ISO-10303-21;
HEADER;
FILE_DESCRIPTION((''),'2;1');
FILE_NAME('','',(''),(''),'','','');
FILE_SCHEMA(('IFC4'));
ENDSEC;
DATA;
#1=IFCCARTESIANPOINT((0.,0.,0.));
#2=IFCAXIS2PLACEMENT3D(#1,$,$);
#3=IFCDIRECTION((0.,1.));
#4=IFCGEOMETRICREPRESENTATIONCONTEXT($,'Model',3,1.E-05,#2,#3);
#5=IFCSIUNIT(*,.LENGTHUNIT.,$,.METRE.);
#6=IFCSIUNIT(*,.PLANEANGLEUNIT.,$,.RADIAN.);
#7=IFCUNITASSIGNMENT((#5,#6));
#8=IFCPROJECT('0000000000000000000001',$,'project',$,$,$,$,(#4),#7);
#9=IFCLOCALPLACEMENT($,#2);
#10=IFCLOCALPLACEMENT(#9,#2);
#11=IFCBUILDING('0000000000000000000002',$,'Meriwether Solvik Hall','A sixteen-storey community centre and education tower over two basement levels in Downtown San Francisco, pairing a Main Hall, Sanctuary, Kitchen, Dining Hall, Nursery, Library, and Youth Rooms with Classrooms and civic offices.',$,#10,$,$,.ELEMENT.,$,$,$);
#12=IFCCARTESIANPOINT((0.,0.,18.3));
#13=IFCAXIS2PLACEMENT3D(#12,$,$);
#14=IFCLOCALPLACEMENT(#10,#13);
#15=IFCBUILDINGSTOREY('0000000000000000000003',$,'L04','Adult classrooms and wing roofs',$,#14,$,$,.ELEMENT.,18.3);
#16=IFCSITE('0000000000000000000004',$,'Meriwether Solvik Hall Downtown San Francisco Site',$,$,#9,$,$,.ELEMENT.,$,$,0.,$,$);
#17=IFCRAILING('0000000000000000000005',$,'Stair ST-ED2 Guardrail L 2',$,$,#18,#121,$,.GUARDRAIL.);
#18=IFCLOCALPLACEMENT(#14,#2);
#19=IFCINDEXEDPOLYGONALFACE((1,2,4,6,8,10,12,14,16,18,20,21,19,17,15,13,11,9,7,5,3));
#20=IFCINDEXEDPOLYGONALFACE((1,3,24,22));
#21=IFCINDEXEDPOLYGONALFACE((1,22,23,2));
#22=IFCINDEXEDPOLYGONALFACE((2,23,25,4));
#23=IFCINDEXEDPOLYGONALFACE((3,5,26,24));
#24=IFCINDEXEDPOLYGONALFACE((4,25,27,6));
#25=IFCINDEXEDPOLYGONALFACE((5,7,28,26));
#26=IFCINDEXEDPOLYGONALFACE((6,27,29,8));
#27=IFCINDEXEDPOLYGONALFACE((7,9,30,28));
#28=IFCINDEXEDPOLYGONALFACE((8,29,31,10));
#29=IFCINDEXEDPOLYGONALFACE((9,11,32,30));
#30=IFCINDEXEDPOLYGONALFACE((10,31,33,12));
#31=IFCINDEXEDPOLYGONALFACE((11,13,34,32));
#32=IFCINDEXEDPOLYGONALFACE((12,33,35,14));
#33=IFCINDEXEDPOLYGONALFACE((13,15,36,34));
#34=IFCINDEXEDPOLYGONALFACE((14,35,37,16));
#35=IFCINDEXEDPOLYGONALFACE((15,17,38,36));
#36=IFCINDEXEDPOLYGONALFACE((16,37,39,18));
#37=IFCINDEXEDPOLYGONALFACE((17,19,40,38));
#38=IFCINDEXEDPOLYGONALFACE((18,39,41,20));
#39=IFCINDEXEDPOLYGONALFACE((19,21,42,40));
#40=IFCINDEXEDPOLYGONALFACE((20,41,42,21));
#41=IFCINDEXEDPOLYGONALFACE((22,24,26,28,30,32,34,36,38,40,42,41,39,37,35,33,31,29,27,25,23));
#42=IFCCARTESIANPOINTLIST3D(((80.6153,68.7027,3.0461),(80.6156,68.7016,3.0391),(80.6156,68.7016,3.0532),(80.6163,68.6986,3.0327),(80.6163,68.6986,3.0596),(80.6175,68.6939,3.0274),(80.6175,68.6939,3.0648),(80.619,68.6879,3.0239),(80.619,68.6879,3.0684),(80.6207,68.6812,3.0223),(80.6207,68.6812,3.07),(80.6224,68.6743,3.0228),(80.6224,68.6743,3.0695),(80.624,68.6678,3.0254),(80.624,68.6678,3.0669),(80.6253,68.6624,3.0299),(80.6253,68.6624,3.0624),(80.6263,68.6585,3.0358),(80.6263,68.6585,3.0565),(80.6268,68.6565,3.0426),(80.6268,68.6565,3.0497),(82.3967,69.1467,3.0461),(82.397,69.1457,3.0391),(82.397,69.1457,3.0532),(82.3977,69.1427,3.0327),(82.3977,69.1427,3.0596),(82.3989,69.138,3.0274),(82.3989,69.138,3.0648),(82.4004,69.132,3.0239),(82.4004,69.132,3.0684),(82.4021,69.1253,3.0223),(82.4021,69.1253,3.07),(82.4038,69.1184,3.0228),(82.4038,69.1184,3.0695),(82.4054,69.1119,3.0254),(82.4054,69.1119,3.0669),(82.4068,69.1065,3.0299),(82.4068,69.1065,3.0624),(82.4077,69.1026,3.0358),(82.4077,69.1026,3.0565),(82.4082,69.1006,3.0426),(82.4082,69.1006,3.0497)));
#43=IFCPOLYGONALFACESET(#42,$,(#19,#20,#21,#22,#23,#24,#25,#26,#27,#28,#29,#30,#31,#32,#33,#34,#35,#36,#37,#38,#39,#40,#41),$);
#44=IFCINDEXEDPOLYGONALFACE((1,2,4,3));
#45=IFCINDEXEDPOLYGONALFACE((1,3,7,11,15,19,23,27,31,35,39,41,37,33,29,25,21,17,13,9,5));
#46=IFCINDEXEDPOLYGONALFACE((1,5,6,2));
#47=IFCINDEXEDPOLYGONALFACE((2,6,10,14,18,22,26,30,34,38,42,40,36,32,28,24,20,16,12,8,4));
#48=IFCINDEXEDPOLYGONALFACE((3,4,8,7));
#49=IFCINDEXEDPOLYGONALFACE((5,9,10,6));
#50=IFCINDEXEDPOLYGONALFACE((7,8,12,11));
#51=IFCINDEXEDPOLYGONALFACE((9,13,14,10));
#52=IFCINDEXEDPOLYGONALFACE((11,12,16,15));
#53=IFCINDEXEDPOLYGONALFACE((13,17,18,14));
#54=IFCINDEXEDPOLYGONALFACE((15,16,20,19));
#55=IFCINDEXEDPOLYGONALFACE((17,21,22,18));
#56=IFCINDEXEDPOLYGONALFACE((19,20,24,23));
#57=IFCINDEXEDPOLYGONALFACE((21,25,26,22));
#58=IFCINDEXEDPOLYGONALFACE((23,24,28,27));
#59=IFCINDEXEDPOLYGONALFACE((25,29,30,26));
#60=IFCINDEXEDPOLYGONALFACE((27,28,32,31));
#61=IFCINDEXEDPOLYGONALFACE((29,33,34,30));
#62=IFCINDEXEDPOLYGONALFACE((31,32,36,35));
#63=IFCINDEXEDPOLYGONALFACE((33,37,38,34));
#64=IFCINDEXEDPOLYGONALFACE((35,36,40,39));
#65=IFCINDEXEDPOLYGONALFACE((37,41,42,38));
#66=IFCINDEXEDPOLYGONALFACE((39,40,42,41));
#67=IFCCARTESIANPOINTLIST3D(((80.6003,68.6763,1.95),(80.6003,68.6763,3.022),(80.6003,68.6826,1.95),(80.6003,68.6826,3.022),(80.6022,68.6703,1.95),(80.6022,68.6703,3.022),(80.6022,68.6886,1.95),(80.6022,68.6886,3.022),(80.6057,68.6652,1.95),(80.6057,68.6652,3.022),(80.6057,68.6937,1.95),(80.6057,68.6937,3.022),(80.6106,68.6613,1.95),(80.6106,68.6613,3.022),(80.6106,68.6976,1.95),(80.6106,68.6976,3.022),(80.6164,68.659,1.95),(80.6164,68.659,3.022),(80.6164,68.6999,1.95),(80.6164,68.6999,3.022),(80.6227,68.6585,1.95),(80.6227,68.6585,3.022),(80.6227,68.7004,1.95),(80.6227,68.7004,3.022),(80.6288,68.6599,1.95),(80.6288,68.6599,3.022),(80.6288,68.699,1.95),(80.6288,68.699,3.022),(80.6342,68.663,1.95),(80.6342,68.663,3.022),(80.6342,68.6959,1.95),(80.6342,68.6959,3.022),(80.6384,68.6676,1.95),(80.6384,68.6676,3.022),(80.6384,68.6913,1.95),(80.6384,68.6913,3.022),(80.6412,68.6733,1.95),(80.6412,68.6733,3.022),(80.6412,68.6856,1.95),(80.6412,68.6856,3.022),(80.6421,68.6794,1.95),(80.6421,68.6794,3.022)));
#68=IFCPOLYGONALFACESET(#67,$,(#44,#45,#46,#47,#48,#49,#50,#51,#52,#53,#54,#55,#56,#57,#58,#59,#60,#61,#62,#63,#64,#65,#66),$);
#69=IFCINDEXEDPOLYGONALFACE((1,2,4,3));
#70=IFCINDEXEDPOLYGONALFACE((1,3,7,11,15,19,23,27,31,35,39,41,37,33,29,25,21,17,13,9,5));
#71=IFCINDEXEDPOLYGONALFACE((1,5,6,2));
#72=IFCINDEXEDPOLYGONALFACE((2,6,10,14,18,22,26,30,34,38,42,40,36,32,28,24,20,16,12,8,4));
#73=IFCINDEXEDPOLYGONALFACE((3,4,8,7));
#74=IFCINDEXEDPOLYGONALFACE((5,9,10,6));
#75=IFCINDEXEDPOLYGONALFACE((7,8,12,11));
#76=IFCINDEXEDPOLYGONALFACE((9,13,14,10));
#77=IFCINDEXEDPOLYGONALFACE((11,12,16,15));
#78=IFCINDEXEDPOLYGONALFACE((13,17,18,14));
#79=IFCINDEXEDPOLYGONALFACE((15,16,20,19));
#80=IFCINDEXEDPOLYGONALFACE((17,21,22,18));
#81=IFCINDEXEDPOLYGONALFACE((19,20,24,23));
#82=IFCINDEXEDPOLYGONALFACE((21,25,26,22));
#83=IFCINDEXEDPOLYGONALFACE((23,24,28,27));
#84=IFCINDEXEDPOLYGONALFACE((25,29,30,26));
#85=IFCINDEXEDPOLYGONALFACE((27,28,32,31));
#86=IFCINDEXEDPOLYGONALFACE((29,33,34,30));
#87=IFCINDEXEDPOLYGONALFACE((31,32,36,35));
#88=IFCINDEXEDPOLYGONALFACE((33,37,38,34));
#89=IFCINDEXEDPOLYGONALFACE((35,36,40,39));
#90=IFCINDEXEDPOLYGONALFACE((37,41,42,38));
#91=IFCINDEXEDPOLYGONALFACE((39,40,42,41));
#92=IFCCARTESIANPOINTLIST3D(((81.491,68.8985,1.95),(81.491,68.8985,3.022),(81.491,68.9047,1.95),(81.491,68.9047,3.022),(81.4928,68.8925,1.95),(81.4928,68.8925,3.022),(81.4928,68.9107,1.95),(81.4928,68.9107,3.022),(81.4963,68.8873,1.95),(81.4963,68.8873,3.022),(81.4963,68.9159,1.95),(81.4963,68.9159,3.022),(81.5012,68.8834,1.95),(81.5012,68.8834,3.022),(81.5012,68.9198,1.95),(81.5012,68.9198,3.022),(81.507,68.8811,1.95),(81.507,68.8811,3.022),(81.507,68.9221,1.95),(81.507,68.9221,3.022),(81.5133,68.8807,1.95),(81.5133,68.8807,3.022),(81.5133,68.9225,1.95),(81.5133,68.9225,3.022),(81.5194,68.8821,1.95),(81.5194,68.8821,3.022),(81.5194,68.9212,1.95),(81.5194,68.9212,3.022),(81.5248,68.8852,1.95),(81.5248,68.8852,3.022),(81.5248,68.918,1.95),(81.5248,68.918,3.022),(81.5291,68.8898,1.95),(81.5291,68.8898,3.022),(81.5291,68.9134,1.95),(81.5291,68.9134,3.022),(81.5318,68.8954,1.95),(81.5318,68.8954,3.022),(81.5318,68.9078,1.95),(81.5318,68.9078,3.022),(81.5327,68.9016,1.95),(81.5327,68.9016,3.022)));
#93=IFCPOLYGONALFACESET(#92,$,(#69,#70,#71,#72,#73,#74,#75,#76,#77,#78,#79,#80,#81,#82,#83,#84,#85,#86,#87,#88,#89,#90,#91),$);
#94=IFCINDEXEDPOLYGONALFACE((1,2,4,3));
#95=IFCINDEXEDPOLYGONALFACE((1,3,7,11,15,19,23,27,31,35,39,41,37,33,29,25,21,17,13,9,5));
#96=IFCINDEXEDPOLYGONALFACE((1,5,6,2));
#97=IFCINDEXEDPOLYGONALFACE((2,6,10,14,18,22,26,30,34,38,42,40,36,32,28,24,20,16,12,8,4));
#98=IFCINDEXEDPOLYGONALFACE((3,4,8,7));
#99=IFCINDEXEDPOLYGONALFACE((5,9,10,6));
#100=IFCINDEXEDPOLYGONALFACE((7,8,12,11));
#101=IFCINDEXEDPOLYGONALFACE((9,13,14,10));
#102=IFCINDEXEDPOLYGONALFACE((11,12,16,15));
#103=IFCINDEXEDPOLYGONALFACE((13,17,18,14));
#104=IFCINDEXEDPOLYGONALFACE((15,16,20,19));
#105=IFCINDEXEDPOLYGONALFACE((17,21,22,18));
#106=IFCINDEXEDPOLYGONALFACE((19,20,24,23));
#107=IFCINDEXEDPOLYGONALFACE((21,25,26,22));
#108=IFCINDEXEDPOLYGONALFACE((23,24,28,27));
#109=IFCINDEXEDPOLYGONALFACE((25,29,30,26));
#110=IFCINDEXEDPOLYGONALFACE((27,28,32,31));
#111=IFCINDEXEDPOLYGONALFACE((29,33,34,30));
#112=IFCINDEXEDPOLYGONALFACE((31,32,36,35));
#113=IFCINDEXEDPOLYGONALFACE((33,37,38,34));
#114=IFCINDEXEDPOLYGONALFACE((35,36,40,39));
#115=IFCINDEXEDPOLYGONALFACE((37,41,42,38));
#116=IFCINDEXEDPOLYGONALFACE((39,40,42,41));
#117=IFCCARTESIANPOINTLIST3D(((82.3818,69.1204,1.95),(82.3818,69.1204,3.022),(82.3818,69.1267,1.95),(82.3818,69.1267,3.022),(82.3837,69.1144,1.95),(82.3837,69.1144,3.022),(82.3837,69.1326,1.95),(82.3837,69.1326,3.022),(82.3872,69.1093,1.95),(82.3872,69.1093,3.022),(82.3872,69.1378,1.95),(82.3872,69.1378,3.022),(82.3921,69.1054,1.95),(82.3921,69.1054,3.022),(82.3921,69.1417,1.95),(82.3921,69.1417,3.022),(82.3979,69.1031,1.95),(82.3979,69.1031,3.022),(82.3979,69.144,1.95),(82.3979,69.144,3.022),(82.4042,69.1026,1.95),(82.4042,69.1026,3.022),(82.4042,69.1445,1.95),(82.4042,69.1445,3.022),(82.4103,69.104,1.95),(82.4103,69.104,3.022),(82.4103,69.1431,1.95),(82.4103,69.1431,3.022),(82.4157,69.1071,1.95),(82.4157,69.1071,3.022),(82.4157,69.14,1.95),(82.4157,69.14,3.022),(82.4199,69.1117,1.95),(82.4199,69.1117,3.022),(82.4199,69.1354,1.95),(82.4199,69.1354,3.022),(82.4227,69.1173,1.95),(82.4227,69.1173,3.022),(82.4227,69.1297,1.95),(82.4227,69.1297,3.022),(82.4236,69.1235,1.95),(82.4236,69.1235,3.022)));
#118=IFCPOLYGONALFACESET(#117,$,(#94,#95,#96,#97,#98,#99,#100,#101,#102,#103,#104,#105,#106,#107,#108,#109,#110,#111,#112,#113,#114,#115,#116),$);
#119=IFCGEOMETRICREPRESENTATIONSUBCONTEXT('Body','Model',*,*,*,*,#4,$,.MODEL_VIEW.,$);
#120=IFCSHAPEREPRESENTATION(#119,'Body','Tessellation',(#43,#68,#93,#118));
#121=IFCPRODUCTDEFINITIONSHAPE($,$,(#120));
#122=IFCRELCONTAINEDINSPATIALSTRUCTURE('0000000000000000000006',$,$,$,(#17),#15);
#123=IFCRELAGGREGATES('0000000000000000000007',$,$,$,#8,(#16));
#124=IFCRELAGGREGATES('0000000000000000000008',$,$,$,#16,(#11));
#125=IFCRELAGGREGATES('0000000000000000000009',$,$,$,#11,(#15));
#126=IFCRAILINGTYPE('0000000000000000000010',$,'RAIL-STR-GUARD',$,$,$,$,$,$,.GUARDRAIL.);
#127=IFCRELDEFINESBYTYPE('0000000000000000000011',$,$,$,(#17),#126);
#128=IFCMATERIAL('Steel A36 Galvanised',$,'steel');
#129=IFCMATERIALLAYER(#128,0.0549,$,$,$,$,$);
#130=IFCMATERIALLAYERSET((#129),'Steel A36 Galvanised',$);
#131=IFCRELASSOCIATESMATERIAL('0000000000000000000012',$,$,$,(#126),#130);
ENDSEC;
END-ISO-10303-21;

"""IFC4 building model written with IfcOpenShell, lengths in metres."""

from ifc_helpers import new_model, si_unit, direction, frame, origin, origin_2d, place, context, subcontext, project, spatial, circle, extrude, material, layer, layer_set, type_object, element, save


model = new_model("IFC4")

# Units and contexts
model_context = context("Model", 3, precision=1e-05, world=origin(), true_north=direction((0.0, 1.0)))
body_context = subcontext(model_context, "Body", "Model", "MODEL_VIEW")
ifc_project = project(units=[si_unit("LENGTHUNIT", "METRE"), si_unit("PLANEANGLEUNIT", "RADIAN")], contexts=[model_context])

# Site, building, storey
site_placement = place(None, origin())
site = spatial("IfcSite", under=ifc_project, at=site_placement, Name="Meriwether Solvik Hall Downtown San Francisco Site", CompositionType="ELEMENT", RefElevation=0.0)
building_placement = place(site_placement, origin())
building = spatial("IfcBuilding", under=site, at=building_placement, Name="Meriwether Solvik Hall", Description="A sixteen-storey community centre and education tower over two basement levels in Downtown San Francisco, pairing a Main Hall, Sanctuary, Kitchen, Dining Hall, Nursery, Library, and Youth Rooms with Classrooms and civic offices.", CompositionType="ELEMENT")
storey_placement = place(building_placement, frame((0.0, 0.0, 18.3)))
storey = spatial("IfcBuildingStorey", under=building, at=storey_placement, Name="L04", Description="Adult classrooms and wing roofs", CompositionType="ELEMENT", Elevation=18.3)

# Railing
ifc_material_1 = material(Name="Steel A36 Galvanised", Category="steel")
ifc_layer_1 = layer(ifc_material_1, 0.0549)
ifc_layer_set_1 = layer_set([ifc_layer_1], Name="Steel A36 Galvanised")
railing_type_1 = type_object("IfcRailingType", Name="RAIL-STR-GUARD", PredefinedType="GUARDRAIL", material=ifc_layer_set_1)
railing_1_placement = place(storey_placement, frame((80.6211, 68.6794, 1.95)))
element("IfcRailing", 1, at=railing_1_placement, inside=storey, type_object=railing_type_1, Name="Stair ST-ED2 Guardrail L 2", PredefinedType="GUARDRAIL", context=body_context, shape_type="SweptSolid", body=[
    extrude(circle(Radius=0.0239, at=origin_2d()), frame((0.0, 0.0, 1.0962), z_axis=(0.970307, 0.241879, 0.0), x_axis=(-0.241879, 0.970307, 0.0)), (0.0, 0.0, 1.0), 1.8359),
    extrude(circle(Radius=0.021, at=origin_2d()), origin(), (0.0, 0.0, 1.0), 1.072),
    extrude(circle(Radius=0.021, at=origin_2d()), frame((0.8906, 0.2222, 0.0)), (0.0, 0.0, 1.0), 1.072),
    extrude(circle(Radius=0.021, at=origin_2d()), frame((1.7815, 0.4441, 0.0)), (0.0, 0.0, 1.0), 1.072),
])

save(model, "model.ifc")
